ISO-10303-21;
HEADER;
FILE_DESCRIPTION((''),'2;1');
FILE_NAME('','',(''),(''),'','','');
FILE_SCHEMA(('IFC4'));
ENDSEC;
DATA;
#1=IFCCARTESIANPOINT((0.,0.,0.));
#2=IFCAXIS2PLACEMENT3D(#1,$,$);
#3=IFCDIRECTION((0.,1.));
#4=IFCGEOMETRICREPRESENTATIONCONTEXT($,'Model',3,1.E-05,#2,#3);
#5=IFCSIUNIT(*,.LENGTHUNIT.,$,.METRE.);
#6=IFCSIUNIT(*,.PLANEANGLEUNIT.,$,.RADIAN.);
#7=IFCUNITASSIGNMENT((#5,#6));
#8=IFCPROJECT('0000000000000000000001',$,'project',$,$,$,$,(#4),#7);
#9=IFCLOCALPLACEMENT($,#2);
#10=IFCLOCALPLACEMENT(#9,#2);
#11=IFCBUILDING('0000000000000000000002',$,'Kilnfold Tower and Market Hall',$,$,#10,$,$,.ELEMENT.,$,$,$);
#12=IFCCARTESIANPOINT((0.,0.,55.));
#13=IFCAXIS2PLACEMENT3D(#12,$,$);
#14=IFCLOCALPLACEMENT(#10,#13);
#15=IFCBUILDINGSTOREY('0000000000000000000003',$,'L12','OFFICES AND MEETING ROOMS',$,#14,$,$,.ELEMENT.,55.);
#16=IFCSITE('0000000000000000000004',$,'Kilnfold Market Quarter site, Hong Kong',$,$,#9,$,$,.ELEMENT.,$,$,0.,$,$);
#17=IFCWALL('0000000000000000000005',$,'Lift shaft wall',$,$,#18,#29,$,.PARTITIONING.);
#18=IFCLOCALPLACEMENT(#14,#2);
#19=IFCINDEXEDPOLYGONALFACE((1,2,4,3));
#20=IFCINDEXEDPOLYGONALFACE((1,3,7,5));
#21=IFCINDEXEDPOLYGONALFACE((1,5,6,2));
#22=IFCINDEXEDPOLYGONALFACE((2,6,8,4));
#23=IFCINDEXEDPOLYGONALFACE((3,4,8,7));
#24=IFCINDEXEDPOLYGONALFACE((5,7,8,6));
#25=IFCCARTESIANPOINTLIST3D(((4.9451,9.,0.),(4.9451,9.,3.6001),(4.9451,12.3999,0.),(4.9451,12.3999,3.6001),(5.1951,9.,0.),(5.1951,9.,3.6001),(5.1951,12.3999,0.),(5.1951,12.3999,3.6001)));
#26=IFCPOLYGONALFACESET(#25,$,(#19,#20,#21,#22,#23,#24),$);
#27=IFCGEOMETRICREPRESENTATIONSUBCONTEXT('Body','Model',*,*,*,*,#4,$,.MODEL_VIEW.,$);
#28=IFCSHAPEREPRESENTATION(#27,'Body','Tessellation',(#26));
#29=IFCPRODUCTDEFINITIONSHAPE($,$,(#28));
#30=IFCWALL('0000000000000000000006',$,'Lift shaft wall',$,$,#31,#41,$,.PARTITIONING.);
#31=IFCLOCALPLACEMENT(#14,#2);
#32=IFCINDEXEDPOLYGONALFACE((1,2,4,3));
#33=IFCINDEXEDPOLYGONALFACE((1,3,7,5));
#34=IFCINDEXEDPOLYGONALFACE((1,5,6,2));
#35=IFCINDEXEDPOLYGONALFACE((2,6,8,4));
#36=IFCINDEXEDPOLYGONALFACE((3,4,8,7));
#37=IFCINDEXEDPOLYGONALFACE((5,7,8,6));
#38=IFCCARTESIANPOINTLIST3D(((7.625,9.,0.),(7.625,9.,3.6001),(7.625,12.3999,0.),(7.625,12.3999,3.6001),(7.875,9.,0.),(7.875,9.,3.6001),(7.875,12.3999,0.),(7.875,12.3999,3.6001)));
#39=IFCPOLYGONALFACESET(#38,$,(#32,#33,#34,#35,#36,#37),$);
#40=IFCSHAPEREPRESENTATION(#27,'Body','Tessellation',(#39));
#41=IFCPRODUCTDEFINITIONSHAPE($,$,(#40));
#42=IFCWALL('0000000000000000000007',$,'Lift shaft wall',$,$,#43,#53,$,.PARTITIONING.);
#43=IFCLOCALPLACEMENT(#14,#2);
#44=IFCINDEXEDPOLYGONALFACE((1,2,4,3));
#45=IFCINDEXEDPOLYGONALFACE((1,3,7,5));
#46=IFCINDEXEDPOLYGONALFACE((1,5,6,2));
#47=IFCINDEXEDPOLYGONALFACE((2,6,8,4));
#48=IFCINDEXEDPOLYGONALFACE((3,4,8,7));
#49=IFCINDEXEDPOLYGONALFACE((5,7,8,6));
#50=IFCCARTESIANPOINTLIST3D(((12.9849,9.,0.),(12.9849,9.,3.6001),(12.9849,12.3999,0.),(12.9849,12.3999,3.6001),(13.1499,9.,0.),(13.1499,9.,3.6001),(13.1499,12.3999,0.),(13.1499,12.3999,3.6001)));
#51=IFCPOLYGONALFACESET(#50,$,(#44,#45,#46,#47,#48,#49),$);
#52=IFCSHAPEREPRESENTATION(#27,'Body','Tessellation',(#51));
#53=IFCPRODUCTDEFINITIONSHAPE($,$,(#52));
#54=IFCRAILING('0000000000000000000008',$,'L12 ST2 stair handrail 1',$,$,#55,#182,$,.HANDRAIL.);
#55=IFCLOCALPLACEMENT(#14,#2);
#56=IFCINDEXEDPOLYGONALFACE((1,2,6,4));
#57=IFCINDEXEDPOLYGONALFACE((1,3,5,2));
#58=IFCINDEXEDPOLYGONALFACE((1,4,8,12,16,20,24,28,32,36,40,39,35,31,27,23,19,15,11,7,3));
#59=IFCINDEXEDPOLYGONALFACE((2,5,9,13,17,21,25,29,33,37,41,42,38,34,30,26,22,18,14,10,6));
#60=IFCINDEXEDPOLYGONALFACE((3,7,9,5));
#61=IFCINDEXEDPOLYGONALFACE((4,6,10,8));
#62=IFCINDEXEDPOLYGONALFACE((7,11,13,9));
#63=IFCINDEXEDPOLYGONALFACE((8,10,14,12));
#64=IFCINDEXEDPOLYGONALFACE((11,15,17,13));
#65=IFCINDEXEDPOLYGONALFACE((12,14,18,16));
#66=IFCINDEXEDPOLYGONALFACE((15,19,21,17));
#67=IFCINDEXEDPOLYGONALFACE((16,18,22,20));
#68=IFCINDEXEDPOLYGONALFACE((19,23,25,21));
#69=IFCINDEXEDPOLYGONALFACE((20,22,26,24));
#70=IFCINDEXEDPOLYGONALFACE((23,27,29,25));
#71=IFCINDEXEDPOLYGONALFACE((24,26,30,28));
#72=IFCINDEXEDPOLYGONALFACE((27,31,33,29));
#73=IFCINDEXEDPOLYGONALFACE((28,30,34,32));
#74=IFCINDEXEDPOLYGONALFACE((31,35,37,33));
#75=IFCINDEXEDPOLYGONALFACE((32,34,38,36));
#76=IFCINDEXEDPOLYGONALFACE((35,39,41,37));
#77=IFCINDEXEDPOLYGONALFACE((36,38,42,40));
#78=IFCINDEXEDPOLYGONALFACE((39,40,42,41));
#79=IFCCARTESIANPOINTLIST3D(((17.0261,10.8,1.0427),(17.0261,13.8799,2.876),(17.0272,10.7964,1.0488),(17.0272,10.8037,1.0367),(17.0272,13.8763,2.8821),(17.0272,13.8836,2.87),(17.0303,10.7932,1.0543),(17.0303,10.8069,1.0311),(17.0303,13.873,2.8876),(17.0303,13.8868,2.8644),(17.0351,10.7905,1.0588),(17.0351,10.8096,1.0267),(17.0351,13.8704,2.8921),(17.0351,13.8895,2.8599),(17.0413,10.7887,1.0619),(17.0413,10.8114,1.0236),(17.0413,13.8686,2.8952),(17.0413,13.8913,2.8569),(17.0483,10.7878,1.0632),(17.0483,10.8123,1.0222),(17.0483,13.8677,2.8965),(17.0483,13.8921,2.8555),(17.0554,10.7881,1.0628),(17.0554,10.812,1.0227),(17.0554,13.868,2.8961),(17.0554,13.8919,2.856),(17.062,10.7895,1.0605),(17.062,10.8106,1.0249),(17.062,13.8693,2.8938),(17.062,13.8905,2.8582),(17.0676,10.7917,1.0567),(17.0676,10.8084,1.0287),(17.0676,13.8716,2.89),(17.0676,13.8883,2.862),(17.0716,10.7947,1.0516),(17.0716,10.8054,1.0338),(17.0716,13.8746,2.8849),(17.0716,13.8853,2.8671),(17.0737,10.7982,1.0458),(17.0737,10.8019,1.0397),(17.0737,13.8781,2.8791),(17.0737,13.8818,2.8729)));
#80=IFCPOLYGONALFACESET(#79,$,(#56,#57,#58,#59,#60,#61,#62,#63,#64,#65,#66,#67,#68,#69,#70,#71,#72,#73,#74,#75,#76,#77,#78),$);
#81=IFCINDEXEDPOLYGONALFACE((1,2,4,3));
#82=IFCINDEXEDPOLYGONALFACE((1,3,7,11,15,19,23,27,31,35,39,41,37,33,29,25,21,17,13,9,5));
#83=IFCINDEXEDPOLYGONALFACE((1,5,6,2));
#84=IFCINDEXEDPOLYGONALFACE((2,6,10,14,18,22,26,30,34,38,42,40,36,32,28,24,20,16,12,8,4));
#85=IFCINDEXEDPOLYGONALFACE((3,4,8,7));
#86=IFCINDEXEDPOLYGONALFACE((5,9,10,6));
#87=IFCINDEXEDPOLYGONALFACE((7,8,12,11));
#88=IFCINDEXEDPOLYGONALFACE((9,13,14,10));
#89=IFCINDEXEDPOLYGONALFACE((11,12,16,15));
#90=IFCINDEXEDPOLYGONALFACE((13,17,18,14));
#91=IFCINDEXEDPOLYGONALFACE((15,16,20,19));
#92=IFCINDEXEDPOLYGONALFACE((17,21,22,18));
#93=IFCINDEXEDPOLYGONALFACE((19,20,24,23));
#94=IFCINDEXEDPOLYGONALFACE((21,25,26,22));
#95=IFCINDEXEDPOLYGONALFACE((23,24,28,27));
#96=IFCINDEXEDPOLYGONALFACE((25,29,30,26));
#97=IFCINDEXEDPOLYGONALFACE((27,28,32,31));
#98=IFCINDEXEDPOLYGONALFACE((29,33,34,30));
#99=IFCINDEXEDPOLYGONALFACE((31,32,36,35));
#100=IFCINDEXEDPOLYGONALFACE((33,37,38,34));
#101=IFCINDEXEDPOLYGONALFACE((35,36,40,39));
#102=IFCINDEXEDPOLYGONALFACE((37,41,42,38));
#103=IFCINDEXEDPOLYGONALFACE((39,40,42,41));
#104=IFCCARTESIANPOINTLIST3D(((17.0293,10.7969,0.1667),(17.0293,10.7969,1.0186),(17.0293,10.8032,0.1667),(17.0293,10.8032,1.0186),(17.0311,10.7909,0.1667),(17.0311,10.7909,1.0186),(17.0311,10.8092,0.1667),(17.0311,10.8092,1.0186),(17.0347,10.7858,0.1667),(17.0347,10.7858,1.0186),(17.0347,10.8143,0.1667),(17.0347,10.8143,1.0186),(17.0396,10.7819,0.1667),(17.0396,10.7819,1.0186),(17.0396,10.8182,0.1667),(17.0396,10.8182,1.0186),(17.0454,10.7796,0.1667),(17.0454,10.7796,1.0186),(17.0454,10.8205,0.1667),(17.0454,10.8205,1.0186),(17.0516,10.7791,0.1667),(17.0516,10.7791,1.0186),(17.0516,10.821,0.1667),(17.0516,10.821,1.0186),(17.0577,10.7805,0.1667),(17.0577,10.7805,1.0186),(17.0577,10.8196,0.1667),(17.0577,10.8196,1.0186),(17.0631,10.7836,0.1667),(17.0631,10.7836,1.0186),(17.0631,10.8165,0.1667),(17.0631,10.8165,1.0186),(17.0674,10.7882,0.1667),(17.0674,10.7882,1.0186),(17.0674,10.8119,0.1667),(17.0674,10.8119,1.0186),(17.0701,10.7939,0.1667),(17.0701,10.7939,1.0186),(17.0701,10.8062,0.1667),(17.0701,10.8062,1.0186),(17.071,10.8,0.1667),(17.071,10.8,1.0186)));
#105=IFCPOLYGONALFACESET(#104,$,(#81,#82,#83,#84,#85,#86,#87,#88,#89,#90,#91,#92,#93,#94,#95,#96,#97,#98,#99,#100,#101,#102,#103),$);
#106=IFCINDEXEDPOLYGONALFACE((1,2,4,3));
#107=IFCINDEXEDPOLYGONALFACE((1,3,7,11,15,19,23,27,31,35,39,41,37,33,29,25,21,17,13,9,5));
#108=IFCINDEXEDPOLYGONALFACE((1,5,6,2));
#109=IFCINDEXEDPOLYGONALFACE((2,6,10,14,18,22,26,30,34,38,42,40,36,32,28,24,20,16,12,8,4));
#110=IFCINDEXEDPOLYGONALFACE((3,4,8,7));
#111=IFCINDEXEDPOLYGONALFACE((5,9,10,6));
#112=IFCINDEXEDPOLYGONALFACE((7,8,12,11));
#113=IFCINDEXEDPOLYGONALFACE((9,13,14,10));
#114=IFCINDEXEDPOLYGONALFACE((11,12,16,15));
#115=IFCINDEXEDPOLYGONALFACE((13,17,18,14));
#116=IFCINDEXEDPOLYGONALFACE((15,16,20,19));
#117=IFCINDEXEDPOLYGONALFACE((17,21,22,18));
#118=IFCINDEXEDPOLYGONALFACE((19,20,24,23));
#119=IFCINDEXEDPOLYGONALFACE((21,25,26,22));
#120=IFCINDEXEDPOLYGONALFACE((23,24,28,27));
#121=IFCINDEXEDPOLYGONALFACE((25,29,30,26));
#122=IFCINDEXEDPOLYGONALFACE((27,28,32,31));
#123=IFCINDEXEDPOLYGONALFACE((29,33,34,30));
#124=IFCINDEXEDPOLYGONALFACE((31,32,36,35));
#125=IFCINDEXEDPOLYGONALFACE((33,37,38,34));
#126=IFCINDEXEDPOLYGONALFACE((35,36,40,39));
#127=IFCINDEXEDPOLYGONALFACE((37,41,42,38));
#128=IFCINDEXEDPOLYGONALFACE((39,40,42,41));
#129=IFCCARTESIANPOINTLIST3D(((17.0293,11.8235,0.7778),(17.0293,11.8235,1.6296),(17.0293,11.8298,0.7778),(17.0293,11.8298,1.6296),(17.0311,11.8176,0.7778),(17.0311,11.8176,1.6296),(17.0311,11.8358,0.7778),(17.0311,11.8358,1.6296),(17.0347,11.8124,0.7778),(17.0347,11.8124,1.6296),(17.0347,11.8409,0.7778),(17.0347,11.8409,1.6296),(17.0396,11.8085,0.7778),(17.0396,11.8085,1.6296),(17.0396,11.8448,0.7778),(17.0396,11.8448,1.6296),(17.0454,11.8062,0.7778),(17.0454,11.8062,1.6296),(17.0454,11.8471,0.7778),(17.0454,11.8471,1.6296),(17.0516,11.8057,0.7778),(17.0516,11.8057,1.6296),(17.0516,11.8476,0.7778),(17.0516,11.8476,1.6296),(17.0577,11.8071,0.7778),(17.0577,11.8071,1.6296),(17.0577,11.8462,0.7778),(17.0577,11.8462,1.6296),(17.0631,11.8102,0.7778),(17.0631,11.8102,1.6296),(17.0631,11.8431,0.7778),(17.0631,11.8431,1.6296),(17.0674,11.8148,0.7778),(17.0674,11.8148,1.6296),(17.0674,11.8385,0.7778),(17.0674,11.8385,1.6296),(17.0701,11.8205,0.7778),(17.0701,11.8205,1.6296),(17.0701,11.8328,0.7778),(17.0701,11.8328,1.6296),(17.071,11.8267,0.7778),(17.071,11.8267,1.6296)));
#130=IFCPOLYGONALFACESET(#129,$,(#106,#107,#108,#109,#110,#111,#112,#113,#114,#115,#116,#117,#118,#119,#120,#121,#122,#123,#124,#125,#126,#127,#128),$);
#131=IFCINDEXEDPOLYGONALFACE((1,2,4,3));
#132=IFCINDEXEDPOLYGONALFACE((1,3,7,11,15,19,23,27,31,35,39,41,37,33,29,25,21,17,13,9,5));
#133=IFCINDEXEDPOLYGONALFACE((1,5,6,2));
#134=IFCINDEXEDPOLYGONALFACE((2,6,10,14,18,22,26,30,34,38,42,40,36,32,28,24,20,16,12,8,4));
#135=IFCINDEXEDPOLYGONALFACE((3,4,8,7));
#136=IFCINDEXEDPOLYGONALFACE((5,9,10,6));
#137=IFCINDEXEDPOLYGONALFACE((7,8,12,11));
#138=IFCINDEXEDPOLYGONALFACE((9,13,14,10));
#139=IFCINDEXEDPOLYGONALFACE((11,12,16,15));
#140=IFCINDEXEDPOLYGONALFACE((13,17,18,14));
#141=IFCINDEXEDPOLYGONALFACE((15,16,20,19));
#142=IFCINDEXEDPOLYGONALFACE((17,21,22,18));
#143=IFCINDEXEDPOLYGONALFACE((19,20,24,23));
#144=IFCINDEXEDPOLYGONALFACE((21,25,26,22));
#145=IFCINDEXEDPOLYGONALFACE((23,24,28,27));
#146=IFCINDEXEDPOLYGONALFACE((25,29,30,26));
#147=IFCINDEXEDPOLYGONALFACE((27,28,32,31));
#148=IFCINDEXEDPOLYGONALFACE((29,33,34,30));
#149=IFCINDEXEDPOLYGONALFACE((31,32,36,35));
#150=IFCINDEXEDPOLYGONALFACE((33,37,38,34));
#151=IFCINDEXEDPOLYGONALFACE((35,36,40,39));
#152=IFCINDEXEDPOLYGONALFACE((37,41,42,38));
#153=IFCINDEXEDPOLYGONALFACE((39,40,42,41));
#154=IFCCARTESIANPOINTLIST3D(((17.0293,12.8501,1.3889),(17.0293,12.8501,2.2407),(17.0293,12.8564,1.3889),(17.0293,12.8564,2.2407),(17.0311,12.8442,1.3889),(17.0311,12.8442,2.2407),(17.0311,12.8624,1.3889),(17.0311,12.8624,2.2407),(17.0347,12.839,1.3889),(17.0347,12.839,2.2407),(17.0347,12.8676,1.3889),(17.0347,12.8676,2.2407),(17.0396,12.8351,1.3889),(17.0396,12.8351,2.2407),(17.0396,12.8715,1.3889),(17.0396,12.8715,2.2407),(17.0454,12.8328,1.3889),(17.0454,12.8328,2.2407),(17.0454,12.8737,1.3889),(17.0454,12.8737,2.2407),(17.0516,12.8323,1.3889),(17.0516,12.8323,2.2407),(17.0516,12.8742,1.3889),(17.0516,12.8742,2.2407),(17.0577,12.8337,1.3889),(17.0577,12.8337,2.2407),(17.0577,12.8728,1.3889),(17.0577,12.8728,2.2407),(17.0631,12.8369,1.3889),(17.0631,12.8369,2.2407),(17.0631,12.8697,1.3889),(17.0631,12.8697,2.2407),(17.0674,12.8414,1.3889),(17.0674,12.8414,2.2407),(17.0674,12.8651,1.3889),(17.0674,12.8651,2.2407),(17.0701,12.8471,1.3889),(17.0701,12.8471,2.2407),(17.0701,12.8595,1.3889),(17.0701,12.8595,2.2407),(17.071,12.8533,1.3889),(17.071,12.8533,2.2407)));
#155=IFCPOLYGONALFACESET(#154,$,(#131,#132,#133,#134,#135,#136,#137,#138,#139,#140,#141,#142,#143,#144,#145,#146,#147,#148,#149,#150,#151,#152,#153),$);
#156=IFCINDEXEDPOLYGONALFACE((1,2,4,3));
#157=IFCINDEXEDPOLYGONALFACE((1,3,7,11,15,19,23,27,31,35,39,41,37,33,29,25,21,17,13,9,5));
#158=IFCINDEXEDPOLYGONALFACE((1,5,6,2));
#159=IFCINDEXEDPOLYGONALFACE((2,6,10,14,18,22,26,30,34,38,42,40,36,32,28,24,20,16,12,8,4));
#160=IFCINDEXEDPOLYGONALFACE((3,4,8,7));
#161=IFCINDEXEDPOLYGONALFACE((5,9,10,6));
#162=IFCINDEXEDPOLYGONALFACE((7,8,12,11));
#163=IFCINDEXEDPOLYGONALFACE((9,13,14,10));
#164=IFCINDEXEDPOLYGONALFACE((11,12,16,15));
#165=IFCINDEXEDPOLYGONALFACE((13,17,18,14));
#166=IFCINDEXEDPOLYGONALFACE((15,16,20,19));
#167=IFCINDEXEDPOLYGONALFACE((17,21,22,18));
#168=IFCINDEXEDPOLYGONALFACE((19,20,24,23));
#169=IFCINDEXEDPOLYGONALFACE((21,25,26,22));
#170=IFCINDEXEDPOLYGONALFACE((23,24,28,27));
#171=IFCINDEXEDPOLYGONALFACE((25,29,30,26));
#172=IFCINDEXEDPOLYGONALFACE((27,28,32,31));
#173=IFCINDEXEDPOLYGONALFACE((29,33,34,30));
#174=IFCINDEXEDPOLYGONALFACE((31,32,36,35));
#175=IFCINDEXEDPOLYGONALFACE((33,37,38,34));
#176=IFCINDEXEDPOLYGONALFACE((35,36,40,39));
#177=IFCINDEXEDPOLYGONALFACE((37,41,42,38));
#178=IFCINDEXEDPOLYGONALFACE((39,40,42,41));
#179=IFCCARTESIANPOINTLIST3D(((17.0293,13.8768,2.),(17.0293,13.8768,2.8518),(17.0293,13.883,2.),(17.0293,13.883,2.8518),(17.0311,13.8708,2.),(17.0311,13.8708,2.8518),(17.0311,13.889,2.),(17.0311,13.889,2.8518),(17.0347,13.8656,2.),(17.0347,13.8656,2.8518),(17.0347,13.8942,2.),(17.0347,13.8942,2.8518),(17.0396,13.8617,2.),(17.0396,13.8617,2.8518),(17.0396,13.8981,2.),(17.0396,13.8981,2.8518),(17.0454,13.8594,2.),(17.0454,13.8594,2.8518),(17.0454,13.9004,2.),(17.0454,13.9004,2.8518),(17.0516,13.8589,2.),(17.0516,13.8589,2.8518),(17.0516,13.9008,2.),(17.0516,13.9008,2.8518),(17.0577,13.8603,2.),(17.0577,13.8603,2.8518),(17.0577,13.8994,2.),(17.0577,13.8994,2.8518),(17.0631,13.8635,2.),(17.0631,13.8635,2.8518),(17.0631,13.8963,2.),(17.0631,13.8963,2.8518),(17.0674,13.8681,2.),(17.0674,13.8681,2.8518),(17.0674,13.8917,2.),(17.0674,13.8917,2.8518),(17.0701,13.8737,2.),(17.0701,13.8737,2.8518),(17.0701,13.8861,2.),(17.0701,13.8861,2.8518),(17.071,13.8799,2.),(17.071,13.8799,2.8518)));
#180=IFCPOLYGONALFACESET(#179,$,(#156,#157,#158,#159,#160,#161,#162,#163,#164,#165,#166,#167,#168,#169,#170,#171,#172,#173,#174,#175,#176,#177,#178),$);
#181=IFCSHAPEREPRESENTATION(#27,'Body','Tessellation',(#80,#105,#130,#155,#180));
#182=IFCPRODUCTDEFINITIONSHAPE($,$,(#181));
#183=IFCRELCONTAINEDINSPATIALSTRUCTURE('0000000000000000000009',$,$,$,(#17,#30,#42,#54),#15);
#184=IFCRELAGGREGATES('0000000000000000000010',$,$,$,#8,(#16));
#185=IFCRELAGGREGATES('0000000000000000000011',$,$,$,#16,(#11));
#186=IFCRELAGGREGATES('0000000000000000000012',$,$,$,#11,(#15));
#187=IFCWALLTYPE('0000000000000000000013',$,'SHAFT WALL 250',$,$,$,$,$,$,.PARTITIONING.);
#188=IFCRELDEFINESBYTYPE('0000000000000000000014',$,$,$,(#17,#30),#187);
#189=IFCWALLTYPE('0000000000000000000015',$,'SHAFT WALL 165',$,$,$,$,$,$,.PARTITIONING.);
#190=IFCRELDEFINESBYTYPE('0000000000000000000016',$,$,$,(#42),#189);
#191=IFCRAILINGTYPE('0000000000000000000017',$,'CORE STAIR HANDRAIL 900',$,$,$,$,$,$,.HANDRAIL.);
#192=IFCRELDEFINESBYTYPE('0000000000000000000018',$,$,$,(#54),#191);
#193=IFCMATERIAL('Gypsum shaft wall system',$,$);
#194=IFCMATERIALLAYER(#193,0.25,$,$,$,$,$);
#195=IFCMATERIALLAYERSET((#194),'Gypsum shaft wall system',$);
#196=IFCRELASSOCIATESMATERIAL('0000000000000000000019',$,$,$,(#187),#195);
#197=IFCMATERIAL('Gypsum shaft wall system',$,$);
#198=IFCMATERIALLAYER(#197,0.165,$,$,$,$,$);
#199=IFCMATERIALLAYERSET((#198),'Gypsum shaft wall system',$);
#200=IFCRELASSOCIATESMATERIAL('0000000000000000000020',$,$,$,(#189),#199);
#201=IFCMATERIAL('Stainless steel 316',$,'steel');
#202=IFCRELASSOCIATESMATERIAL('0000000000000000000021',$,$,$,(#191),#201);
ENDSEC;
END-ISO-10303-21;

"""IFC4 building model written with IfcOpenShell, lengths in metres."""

from ifc_helpers import new_model, si_unit, direction, frame, frame_2d, origin, origin_2d, place, context, subcontext, project, spatial, rectangle, circle, extrude, source, transform, mapped, material, layer, layer_set, type_object, element, save


model = new_model("IFC4")

# Units and contexts
model_context = context("Model", 3, precision=1e-05, world=origin(), true_north=direction((0.0, 1.0)))
body_context = subcontext(model_context, "Body", "Model", "MODEL_VIEW")
ifc_project = project(units=[si_unit("LENGTHUNIT", "METRE"), si_unit("PLANEANGLEUNIT", "RADIAN")], contexts=[model_context])

# Site, building, storey
site_placement = place(None, origin())
site = spatial("IfcSite", under=ifc_project, at=site_placement, Name="Kilnfold Market Quarter site, Hong Kong", CompositionType="ELEMENT", RefElevation=0.0)
building_placement = place(site_placement, origin())
building = spatial("IfcBuilding", under=site, at=building_placement, Name="Kilnfold Tower and Market Hall", CompositionType="ELEMENT")
storey_placement = place(building_placement, frame((0.0, 0.0, 55.0)))
storey = spatial("IfcBuildingStorey", under=building, at=storey_placement, Name="L12", Description="OFFICES AND MEETING ROOMS", CompositionType="ELEMENT", Elevation=55.0)

# Walls
ifc_material_1 = material(Name="Gypsum shaft wall system")
ifc_layer_1 = layer(ifc_material_1, 0.25)
ifc_layer_set_1 = layer_set([ifc_layer_1], Name="Gypsum shaft wall system")
wall_type_1 = type_object("IfcWallType", Name="SHAFT WALL 250", PredefinedType="PARTITIONING", material=ifc_layer_set_1)
shared_shape_1 = source(origin(), body_context, "Body", "SweptSolid", [
    extrude(rectangle(XDim=3.3999, YDim=0.25, at=frame_2d((1.7, 0.0))), origin(), (0.0, 0.0, 1.0), 3.6001),
])
for number, where, z_axis, x_axis, name in (
    (1, (5.0701, 9.0, 0.0), (0.0, 0.0, 1.0), (0.0, 1.0, 0.0), "Lift shaft wall"),
    (2, (7.75, 9.0, 0.0), (0.0, 0.0, 1.0), (0.0, 1.0, 0.0), "Lift shaft wall"),
):
    element("IfcWall", number, at=place(storey_placement, frame(where, z_axis=z_axis, x_axis=x_axis)), inside=storey, type_object=wall_type_1, Name=name, PredefinedType="PARTITIONING", context=body_context, shape_type="MappedRepresentation", body=[
        mapped(shared_shape_1, transform((0.0, 0.0, 0.0))),
    ])
ifc_material_2 = material(Name="Gypsum shaft wall system")
ifc_layer_2 = layer(ifc_material_2, 0.165)
ifc_layer_set_2 = layer_set([ifc_layer_2], Name="Gypsum shaft wall system")
wall_type_2 = type_object("IfcWallType", Name="SHAFT WALL 165", PredefinedType="PARTITIONING", material=ifc_layer_set_2)
shared_shape_2 = source(origin(), body_context, "Body", "SweptSolid", [
    extrude(rectangle(XDim=3.3999, YDim=0.165, at=frame_2d((1.7, 0.0))), origin(), (0.0, 0.0, 1.0), 3.6001),
])
wall_1_placement = place(storey_placement, frame((13.0674, 9.0, 0.0), z_axis=(0.0, 0.0, 1.0), x_axis=(0.0, 1.0, 0.0)))
element("IfcWall", 3, at=wall_1_placement, inside=storey, type_object=wall_type_2, Name="Lift shaft wall", PredefinedType="PARTITIONING", context=body_context, shape_type="MappedRepresentation", body=[
    mapped(shared_shape_2, transform((0.0, 0.0, 0.0))),
])

# Railing
ifc_material_3 = material(Name="Stainless steel 316", Category="steel")
railing_type_1 = type_object("IfcRailingType", Name="CORE STAIR HANDRAIL 900", PredefinedType="HANDRAIL", material=ifc_material_3)
railing_1_placement = place(storey_placement, frame((17.05, 10.8, 0.1667)))
element("IfcRailing", 4, at=railing_1_placement, inside=storey, type_object=railing_type_1, Name="L12 ST2 stair handrail 1", PredefinedType="HANDRAIL", context=body_context, shape_type="SweptSolid", body=[
    extrude(circle(Radius=0.0239, at=origin_2d()), frame((0.0, 0.0, 0.876), z_axis=(0.0, 0.859291, 0.511487), x_axis=(-1.0, 0.0, 0.0)), (0.0, 0.0, 1.0), 3.5842),
    extrude(circle(Radius=0.021, at=origin_2d()), origin(), (0.0, 0.0, 1.0), 0.8518),
    extrude(circle(Radius=0.021, at=origin_2d()), frame((0.0, 1.0266, 0.6111)), (0.0, 0.0, 1.0), 0.8518),
    extrude(circle(Radius=0.021, at=origin_2d()), frame((0.0, 2.0532, 1.2222)), (0.0, 0.0, 1.0), 0.8518),
    extrude(circle(Radius=0.021, at=origin_2d()), frame((0.0, 3.0798, 1.8333)), (0.0, 0.0, 1.0), 0.8518),
])

save(model, "model.ifc")
